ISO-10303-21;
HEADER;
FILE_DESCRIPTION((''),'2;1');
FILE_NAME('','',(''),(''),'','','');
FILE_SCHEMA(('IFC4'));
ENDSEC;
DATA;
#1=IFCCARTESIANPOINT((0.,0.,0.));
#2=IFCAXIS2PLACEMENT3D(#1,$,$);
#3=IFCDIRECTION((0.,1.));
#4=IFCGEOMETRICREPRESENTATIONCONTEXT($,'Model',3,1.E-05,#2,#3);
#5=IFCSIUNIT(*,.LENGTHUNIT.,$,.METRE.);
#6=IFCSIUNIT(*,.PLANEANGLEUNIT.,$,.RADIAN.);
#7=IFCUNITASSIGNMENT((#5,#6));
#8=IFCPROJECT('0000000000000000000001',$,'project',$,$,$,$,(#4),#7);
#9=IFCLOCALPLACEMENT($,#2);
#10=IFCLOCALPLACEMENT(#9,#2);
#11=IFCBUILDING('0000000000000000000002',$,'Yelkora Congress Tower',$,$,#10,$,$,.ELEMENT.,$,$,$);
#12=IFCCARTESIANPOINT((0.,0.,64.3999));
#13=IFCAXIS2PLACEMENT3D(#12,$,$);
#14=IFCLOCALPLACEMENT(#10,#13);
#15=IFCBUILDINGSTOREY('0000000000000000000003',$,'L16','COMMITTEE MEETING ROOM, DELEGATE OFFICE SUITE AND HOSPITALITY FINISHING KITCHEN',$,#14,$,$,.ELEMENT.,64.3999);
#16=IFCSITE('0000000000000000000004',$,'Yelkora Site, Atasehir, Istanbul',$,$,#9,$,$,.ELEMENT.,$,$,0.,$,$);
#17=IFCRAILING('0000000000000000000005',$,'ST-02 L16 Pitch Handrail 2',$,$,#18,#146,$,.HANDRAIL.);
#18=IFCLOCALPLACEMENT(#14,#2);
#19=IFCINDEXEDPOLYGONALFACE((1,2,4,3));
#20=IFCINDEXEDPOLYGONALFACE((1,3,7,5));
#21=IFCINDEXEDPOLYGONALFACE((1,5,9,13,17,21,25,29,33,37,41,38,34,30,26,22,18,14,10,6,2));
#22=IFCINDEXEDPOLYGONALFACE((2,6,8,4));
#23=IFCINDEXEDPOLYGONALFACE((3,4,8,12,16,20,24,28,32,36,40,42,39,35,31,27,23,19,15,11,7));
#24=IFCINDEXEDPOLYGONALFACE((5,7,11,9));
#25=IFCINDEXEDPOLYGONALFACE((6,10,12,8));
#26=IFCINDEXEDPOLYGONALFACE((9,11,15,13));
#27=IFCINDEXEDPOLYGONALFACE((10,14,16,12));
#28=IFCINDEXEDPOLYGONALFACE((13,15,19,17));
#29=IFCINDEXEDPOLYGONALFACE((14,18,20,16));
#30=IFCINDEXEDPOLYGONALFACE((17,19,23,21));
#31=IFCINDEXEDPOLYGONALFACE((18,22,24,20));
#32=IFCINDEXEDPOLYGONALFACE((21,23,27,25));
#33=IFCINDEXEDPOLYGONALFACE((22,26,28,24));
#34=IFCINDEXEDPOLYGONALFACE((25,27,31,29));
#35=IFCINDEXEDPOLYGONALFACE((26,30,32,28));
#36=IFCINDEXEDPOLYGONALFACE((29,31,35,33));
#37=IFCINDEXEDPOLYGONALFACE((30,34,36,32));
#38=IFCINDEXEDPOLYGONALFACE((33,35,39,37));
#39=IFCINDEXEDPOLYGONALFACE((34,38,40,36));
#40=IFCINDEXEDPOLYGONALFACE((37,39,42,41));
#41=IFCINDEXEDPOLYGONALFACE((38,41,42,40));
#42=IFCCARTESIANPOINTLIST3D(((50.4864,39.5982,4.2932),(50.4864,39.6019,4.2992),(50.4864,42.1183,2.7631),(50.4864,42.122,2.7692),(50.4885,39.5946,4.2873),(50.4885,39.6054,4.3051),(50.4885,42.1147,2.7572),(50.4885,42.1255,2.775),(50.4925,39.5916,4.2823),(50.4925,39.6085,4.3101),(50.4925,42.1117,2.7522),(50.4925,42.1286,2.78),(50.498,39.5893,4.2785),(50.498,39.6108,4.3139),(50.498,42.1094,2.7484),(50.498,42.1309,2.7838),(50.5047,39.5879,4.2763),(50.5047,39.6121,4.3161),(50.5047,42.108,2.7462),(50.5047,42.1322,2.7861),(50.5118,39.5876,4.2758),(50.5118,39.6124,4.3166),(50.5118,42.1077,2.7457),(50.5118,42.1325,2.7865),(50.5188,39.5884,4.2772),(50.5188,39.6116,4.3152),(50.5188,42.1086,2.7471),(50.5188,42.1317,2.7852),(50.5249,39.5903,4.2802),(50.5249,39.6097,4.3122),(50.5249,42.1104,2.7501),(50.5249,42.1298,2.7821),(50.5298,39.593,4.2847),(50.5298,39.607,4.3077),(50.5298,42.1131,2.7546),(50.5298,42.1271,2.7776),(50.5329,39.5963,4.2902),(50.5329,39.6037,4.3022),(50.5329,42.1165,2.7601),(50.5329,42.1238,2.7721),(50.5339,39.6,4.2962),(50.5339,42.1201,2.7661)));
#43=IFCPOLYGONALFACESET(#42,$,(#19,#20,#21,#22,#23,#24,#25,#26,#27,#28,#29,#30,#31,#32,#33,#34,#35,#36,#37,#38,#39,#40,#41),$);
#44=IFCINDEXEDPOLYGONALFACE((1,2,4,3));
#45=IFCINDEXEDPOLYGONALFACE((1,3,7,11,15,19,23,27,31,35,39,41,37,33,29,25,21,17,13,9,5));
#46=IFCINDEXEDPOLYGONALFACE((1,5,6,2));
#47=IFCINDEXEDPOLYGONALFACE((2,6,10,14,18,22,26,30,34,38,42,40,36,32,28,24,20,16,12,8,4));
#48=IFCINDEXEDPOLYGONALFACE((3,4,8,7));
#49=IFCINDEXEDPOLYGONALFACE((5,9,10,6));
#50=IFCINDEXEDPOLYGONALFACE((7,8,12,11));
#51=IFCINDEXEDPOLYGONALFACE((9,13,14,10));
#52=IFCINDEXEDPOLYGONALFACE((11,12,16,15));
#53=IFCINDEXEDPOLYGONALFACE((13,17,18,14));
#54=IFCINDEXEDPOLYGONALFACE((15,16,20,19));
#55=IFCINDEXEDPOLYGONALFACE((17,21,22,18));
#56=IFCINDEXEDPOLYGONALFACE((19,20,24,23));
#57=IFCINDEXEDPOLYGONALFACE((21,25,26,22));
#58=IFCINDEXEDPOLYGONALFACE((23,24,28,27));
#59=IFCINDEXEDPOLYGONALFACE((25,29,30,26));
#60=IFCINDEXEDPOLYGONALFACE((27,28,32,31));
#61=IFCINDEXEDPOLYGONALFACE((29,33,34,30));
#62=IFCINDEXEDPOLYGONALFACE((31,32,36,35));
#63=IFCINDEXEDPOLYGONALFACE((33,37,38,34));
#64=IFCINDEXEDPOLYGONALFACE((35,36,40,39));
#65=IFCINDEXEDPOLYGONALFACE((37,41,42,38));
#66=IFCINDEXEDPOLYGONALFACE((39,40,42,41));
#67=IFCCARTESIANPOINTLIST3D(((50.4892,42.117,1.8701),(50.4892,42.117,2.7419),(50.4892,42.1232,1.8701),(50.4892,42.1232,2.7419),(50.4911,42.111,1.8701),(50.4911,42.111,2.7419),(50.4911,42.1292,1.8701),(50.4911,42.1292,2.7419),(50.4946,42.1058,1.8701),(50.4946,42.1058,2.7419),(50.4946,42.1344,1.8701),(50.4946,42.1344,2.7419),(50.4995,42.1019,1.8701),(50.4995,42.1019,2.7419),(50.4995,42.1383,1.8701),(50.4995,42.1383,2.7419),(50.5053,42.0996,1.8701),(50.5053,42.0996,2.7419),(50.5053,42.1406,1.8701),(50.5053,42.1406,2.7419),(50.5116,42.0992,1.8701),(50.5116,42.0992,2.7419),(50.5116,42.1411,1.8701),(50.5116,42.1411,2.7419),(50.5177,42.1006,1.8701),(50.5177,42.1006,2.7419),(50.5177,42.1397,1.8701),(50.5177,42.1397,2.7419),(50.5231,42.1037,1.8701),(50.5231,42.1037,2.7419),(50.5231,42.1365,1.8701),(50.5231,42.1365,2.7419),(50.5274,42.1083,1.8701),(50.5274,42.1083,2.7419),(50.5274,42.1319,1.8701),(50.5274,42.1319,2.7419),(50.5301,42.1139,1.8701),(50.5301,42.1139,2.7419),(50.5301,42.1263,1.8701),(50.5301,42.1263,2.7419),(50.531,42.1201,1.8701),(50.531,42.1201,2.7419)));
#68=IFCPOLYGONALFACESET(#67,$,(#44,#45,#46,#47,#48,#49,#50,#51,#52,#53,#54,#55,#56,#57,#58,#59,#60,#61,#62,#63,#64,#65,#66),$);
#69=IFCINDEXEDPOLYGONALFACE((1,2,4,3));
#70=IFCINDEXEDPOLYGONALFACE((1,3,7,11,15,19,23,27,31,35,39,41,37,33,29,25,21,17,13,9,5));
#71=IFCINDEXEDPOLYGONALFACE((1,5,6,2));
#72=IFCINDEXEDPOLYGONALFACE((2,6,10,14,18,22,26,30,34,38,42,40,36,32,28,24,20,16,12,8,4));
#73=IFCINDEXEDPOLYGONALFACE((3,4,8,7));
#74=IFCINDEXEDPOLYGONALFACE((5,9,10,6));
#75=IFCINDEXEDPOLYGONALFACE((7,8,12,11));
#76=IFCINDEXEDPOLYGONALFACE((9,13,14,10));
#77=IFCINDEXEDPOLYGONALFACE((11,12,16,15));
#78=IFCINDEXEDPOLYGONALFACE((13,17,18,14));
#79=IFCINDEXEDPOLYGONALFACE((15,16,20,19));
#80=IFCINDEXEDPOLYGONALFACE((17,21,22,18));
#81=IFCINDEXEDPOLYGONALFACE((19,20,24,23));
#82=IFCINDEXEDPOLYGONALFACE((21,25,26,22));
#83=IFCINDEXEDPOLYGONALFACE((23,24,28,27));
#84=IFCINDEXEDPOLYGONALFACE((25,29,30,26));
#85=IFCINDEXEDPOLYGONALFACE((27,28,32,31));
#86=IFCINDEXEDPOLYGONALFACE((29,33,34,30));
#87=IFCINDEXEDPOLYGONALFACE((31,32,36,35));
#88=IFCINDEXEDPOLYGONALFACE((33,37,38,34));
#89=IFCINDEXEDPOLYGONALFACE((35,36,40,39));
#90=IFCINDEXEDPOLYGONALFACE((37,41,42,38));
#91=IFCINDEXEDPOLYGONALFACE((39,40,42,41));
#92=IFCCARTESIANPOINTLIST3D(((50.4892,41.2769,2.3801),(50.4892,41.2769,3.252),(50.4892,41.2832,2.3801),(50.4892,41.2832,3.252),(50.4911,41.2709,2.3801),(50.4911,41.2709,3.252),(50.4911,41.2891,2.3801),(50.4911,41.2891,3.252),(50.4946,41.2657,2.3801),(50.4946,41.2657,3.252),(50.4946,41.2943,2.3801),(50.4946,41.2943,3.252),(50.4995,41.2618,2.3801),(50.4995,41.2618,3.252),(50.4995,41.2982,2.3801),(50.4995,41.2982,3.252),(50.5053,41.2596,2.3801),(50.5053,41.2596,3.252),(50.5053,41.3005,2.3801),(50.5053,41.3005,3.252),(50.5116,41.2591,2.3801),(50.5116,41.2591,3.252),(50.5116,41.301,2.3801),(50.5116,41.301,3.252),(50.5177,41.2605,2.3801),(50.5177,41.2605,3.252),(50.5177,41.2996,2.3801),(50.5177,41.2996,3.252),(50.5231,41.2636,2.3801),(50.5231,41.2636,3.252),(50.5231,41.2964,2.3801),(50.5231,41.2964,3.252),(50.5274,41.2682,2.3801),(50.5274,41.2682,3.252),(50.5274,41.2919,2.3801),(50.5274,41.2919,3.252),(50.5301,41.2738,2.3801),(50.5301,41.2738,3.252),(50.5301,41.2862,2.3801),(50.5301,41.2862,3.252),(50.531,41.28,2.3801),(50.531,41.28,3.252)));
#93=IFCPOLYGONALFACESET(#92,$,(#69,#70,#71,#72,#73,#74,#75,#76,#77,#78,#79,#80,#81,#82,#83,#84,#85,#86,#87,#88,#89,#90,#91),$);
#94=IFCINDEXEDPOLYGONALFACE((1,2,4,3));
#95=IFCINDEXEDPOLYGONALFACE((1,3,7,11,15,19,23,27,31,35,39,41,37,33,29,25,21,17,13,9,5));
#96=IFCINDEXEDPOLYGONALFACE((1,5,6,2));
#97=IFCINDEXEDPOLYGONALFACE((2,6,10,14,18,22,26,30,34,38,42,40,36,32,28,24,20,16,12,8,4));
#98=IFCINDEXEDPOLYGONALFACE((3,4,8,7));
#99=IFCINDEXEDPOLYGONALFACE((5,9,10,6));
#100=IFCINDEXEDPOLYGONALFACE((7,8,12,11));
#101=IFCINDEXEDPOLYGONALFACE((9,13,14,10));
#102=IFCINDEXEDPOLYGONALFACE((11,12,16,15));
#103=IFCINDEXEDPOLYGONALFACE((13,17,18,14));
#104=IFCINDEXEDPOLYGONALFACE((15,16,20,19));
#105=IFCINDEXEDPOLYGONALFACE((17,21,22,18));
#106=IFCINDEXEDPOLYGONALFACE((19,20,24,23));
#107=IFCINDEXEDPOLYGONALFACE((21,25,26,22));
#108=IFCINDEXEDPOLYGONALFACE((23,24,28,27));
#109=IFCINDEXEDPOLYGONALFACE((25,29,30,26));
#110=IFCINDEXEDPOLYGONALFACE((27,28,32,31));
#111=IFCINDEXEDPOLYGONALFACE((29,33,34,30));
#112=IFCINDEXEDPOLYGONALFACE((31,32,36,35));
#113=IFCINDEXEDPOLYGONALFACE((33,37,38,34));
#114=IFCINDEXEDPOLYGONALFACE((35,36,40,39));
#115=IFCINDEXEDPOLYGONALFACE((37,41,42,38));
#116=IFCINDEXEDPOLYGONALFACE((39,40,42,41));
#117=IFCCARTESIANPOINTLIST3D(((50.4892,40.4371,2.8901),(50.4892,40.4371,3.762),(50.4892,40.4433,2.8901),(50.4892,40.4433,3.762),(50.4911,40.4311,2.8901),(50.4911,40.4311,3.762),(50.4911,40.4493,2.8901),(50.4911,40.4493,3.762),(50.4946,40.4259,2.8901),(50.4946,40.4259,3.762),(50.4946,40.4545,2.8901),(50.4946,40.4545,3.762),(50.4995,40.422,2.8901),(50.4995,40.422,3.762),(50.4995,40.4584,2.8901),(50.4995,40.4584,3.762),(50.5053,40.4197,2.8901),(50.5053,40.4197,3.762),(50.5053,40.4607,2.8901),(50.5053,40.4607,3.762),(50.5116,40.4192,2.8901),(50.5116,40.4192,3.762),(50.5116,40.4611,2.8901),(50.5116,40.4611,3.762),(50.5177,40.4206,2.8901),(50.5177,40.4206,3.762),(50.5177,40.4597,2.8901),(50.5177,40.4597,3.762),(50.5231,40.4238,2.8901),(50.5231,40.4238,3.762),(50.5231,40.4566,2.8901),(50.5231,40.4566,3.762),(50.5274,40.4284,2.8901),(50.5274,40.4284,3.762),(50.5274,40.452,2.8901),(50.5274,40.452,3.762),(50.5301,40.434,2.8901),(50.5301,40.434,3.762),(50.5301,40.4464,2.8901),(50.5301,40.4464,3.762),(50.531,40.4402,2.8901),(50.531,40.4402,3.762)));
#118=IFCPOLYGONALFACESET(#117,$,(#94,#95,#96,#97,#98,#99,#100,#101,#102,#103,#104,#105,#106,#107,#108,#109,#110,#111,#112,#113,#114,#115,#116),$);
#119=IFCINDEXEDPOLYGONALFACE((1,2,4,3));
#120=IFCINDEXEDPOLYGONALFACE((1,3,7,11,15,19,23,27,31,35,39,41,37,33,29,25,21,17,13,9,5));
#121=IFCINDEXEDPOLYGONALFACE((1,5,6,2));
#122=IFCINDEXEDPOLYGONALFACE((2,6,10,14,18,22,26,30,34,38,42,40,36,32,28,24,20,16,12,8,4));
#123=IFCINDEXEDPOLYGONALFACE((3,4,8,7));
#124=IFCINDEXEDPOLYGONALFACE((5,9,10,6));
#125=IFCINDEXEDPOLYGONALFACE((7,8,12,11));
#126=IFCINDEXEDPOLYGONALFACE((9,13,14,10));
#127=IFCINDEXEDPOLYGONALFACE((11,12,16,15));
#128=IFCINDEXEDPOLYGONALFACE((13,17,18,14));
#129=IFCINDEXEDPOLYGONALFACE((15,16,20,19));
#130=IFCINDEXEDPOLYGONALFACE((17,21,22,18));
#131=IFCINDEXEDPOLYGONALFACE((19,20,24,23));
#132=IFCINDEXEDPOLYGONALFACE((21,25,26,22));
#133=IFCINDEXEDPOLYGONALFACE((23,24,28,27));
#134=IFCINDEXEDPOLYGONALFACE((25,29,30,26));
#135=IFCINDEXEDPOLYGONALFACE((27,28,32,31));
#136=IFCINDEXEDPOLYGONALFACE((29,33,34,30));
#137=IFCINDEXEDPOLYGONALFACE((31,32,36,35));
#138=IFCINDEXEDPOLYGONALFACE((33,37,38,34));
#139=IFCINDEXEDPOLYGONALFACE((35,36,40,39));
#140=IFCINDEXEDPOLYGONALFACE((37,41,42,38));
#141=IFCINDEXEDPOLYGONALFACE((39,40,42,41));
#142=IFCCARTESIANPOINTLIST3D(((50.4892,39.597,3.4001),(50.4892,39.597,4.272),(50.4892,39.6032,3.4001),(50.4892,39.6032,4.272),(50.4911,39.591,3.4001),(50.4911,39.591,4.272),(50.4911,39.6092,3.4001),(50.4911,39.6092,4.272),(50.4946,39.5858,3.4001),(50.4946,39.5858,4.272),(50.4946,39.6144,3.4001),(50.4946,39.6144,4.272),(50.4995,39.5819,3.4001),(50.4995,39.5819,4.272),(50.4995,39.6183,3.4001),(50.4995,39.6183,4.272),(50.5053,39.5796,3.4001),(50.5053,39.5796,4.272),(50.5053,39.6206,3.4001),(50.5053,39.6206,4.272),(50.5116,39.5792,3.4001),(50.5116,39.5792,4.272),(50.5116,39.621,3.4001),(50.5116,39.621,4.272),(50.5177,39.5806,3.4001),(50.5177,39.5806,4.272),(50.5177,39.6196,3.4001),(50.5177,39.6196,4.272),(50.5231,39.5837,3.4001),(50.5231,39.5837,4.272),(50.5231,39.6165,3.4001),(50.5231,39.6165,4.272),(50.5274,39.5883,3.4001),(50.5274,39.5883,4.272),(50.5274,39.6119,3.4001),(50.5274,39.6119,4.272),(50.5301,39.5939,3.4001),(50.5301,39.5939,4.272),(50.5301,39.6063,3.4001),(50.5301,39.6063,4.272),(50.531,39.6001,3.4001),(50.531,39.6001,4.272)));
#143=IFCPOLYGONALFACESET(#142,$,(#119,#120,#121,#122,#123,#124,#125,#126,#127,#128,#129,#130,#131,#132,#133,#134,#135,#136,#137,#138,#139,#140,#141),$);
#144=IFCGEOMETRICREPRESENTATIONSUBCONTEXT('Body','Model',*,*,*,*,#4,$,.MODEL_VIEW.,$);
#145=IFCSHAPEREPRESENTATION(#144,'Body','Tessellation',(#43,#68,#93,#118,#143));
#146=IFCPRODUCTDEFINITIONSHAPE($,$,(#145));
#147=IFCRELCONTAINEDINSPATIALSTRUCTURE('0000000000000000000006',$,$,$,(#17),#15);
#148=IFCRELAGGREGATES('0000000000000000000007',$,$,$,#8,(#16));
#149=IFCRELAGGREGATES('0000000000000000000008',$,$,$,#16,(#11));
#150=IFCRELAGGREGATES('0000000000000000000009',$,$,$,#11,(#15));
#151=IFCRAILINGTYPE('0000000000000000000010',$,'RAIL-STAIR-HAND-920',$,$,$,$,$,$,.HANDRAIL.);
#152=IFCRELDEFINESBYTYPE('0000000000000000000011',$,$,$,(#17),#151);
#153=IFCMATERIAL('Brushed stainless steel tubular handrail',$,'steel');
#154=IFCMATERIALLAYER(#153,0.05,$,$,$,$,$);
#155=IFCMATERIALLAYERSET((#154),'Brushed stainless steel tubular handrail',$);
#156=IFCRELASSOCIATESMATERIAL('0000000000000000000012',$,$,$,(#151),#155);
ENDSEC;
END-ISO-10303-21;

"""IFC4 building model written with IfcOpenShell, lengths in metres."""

from ifc_helpers import new_model, si_unit, direction, frame, origin, origin_2d, place, context, subcontext, project, spatial, circle, extrude, material, layer, layer_set, type_object, element, save


model = new_model("IFC4")

# Units and contexts
model_context = context("Model", 3, precision=1e-05, world=origin(), true_north=direction((0.0, 1.0)))
body_context = subcontext(model_context, "Body", "Model", "MODEL_VIEW")
ifc_project = project(units=[si_unit("LENGTHUNIT", "METRE"), si_unit("PLANEANGLEUNIT", "RADIAN")], contexts=[model_context])

# Site, building, storey
site_placement = place(None, origin())
site = spatial("IfcSite", under=ifc_project, at=site_placement, Name="Yelkora Site, Atasehir, Istanbul", CompositionType="ELEMENT", RefElevation=0.0)
building_placement = place(site_placement, origin())
building = spatial("IfcBuilding", under=site, at=building_placement, Name="Yelkora Congress Tower", CompositionType="ELEMENT")
storey_placement = place(building_placement, frame((0.0, 0.0, 64.3999)))
storey = spatial("IfcBuildingStorey", under=building, at=storey_placement, Name="L16", Description="COMMITTEE MEETING ROOM, DELEGATE OFFICE SUITE AND HOSPITALITY FINISHING KITCHEN", CompositionType="ELEMENT", Elevation=64.3999)

# Railing
ifc_material_1 = material(Name="Brushed stainless steel tubular handrail", Category="steel")
ifc_layer_1 = layer(ifc_material_1, 0.05)
ifc_layer_set_1 = layer_set([ifc_layer_1], Name="Brushed stainless steel tubular handrail")
railing_type_1 = type_object("IfcRailingType", Name="RAIL-STAIR-HAND-920", PredefinedType="HANDRAIL", material=ifc_layer_set_1)
railing_1_placement = place(storey_placement, frame((50.51, 42.1201, 1.8701)))
element("IfcRailing", 1, at=railing_1_placement, inside=storey, type_object=railing_type_1, Name="ST-02 L16 Pitch Handrail 2", PredefinedType="HANDRAIL", context=body_context, shape_type="SweptSolid", body=[
    extrude(circle(Radius=0.0239, at=origin_2d()), frame((0.0, 0.0, 0.896), z_axis=(0.0, -0.854785, 0.518982), x_axis=(1.0, 0.0, 0.0)), (0.0, 0.0, 1.0), 2.9482),
    extrude(circle(Radius=0.021, at=origin_2d()), origin(), (0.0, 0.0, 1.0), 0.8718),
    extrude(circle(Radius=0.021, at=origin_2d()), frame((0.0, -0.8401, 0.51)), (0.0, 0.0, 1.0), 0.8718),
    extrude(circle(Radius=0.021, at=origin_2d()), frame((0.0, -1.6799, 1.02)), (0.0, 0.0, 1.0), 0.8718),
    extrude(circle(Radius=0.021, at=origin_2d()), frame((0.0, -2.52, 1.53)), (0.0, 0.0, 1.0), 0.8718),
])

save(model, "model.ifc")
